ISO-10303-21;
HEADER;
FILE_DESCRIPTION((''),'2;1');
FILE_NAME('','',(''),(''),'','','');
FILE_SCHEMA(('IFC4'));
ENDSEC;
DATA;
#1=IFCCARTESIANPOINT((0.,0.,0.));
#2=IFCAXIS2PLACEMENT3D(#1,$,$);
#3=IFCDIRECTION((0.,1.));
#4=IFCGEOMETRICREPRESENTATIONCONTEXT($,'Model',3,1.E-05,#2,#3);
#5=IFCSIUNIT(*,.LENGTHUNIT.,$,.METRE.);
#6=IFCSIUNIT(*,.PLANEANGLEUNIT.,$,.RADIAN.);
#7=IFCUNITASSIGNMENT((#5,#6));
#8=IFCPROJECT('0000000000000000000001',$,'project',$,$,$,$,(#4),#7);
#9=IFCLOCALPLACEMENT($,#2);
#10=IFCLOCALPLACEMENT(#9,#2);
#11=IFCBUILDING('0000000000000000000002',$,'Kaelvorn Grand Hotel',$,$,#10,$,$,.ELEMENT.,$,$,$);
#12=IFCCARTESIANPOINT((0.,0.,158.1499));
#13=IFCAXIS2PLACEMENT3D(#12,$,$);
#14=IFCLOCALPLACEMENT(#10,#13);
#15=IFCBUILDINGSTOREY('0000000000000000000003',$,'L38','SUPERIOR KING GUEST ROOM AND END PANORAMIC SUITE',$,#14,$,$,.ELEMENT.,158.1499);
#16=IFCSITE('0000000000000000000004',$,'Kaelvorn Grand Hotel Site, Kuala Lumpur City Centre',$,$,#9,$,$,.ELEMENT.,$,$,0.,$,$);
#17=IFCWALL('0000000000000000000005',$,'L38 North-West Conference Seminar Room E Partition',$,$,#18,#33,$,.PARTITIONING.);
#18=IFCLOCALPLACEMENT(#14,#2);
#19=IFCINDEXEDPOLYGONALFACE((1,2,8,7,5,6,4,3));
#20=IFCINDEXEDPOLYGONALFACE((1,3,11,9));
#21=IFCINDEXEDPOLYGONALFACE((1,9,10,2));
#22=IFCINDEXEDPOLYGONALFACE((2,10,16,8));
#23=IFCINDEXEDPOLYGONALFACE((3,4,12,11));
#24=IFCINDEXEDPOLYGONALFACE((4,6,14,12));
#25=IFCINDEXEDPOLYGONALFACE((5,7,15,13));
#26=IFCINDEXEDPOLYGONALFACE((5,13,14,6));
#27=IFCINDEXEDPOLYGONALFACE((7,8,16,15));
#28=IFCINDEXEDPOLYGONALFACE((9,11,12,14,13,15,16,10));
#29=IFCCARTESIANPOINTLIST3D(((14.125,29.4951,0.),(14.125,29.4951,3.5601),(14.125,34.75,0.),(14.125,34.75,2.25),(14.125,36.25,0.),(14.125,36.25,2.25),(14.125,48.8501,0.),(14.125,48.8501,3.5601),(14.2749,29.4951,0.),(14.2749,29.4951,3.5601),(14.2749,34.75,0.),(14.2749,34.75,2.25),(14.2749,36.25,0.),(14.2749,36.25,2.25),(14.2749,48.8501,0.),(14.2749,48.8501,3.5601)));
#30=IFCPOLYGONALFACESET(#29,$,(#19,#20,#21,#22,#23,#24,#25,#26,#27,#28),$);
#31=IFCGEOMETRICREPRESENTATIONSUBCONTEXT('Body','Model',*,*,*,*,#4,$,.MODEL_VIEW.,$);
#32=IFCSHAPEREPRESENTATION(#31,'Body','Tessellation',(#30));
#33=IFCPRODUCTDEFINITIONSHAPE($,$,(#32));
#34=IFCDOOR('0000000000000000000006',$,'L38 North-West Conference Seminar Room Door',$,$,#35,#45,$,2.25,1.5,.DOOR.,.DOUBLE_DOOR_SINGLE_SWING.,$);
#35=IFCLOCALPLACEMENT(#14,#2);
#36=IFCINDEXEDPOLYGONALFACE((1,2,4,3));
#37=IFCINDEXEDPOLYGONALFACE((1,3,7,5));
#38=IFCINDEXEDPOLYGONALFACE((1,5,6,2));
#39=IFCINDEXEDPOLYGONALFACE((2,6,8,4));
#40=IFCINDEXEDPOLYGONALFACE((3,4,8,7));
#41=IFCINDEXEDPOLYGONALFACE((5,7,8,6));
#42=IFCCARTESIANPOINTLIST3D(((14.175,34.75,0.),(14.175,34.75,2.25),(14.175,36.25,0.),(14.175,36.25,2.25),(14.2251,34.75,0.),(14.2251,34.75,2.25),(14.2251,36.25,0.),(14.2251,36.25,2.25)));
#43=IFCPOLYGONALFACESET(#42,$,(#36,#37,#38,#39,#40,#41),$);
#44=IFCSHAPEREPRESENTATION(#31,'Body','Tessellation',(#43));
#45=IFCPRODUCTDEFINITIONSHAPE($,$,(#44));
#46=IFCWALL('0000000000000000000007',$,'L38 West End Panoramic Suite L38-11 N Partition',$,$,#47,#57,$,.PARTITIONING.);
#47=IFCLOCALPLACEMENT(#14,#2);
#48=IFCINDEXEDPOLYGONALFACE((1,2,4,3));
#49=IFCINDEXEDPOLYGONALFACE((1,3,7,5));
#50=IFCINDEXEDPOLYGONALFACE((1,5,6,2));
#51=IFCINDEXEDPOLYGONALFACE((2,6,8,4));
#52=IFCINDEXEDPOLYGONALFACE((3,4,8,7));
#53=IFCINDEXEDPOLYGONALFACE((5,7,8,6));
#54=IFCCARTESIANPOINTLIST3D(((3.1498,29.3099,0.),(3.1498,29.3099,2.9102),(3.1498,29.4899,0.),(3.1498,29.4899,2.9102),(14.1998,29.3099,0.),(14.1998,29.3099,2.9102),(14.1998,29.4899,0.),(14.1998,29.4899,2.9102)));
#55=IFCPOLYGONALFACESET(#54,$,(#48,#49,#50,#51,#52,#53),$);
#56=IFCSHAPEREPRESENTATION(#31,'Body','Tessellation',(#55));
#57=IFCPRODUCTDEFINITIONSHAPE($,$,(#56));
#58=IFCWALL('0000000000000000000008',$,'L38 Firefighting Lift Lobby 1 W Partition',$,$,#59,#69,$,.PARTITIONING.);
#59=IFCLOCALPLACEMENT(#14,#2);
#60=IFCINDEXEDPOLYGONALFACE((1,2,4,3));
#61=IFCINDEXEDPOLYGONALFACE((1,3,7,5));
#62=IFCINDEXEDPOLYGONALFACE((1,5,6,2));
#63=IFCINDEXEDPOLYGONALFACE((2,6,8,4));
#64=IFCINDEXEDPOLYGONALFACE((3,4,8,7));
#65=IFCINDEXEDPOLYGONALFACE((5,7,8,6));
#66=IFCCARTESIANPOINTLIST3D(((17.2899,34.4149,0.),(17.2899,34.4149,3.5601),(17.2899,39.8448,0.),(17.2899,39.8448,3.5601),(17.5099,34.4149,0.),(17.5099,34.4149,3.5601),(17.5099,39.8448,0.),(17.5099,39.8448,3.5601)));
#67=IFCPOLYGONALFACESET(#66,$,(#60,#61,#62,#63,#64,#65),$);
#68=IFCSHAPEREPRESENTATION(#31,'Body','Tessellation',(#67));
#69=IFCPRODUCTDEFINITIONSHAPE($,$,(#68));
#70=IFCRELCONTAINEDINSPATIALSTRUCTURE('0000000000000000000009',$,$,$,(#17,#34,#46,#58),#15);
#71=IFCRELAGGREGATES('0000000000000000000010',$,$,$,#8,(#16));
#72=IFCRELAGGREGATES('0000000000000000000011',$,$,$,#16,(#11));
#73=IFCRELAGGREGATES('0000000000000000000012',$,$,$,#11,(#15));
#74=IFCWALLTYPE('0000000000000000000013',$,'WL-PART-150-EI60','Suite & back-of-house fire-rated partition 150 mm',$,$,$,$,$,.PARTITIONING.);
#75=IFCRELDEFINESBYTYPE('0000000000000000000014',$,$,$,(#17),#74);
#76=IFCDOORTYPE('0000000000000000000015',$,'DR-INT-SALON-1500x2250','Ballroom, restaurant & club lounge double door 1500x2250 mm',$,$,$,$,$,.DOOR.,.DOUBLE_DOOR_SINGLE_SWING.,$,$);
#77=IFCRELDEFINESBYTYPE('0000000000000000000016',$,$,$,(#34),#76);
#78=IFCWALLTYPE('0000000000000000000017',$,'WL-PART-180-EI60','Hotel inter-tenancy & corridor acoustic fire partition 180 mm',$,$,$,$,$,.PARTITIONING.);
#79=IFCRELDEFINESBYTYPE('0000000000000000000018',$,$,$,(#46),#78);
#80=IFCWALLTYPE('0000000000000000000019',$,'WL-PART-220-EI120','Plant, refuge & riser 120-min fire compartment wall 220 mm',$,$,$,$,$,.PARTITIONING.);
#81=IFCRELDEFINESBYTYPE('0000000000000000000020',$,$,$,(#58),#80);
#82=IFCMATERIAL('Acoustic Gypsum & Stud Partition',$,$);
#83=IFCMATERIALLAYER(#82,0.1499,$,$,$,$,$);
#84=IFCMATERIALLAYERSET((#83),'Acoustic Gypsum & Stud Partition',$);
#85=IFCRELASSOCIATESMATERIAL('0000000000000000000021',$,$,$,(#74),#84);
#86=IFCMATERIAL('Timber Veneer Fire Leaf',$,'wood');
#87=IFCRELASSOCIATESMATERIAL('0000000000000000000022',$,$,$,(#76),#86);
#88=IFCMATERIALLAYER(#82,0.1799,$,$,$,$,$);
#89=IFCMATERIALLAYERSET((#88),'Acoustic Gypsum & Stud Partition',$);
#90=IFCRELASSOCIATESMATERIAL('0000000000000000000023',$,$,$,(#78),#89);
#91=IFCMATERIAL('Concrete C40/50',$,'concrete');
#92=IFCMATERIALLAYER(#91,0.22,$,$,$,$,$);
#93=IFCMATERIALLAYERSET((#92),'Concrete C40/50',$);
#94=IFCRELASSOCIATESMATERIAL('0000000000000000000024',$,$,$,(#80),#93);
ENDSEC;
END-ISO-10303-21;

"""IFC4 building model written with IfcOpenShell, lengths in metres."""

from ifc_helpers import new_model, si_unit, direction, frame, frame_2d, origin, place, context, subcontext, project, spatial, rectangle, extrude, material, layer, layer_set, type_object, element, fill, save


model = new_model("IFC4")

# Units and contexts
model_context = context("Model", 3, precision=1e-05, world=origin(), true_north=direction((0.0, 1.0)))
body_context = subcontext(model_context, "Body", "Model", "MODEL_VIEW")
ifc_project = project(units=[si_unit("LENGTHUNIT", "METRE"), si_unit("PLANEANGLEUNIT", "RADIAN")], contexts=[model_context])

# Site, building, storey
site_placement = place(None, origin())
site = spatial("IfcSite", under=ifc_project, at=site_placement, Name="Kaelvorn Grand Hotel Site, Kuala Lumpur City Centre", CompositionType="ELEMENT", RefElevation=0.0)
building_placement = place(site_placement, origin())
building = spatial("IfcBuilding", under=site, at=building_placement, Name="Kaelvorn Grand Hotel", CompositionType="ELEMENT")
storey_placement = place(building_placement, frame((0.0, 0.0, 158.1499)))
storey = spatial("IfcBuildingStorey", under=building, at=storey_placement, Name="L38", Description="SUPERIOR KING GUEST ROOM AND END PANORAMIC SUITE", CompositionType="ELEMENT", Elevation=158.1499)

# Wall, opening, door
ifc_material_1 = material(Name="Acoustic Gypsum & Stud Partition")
ifc_layer_1 = layer(ifc_material_1, 0.1499)
ifc_layer_set_1 = layer_set([ifc_layer_1], Name="Acoustic Gypsum & Stud Partition")
wall_type_1 = type_object("IfcWallType", Name="WL-PART-150-EI60", Description="Suite & back-of-house fire-rated partition 150 mm", PredefinedType="PARTITIONING", material=ifc_layer_set_1)
ifc_material_2 = material(Name="Timber Veneer Fire Leaf", Category="wood")
wall_1_placement = place(storey_placement, frame((14.2, 29.4951, 0.0), z_axis=(0.0, 0.0, 1.0), x_axis=(0.0, 1.0, 0.0)))
wall_1 = element("IfcWall", 1, at=wall_1_placement, inside=storey, type_object=wall_type_1, Name="L38 North-West Conference Seminar Room E Partition", PredefinedType="PARTITIONING", context=body_context, shape_type="SweptSolid", body=[
    extrude(rectangle(XDim=19.355, YDim=0.1499, at=frame_2d((9.6775, 0.0))), origin(), (0.0, 0.0, 1.0), 3.5601),
])
opening_1_placement = place(wall_1_placement, frame((5.2549, 0.0, 0.0)))
opening_1 = element("IfcOpeningElement", 2, at=opening_1_placement, cuts=wall_1, PredefinedType="OPENING", context=body_context, shape_type="SweptSolid", body=[
    extrude(rectangle(XDim=1.5, YDim=2.25, at=frame_2d((0.75, 1.125))), frame((0.0, 0.085, 0.0), z_axis=(0.0, -1.0, 0.0), x_axis=(1.0, 0.0, 0.0)), (0.0, 0.0, 1.0), 0.1699),
])
door_type_1 = type_object("IfcDoorType", Name="DR-INT-SALON-1500x2250", Description="Ballroom, restaurant & club lounge double door 1500x2250 mm", OperationType="DOUBLE_DOOR_SINGLE_SWING", PredefinedType="DOOR", material=ifc_material_2)
door_1_placement = place(opening_1_placement, origin())
door_1 = element("IfcDoor", 3, at=door_1_placement, inside=storey, type_object=door_type_1, Name="L38 North-West Conference Seminar Room Door", OperationType="DOUBLE_DOOR_SINGLE_SWING", OverallHeight=2.25, OverallWidth=1.5, PredefinedType="DOOR", context=body_context, shape_type="SweptSolid", body=[
    extrude(rectangle(XDim=1.5, YDim=2.25, at=frame_2d((0.75, 1.125))), frame((0.0, 0.0249, 0.0), z_axis=(0.0, -1.0, 0.0), x_axis=(1.0, 0.0, 0.0)), (0.0, 0.0, 1.0), 0.05),
])
fill(opening_1, door_1)

# Wall
ifc_layer_2 = layer(ifc_material_1, 0.1799)
ifc_layer_set_2 = layer_set([ifc_layer_2], Name="Acoustic Gypsum & Stud Partition")
wall_type_2 = type_object("IfcWallType", Name="WL-PART-180-EI60", Description="Hotel inter-tenancy & corridor acoustic fire partition 180 mm", PredefinedType="PARTITIONING", material=ifc_layer_set_2)
wall_2_placement = place(storey_placement, frame((3.1499, 29.3999, 0.0), z_axis=(0.0, 0.0, 1.0), x_axis=(1.0, 0.0, 0.0)))
element("IfcWall", 4, at=wall_2_placement, inside=storey, type_object=wall_type_2, Name="L38 West End Panoramic Suite L38-11 N Partition", PredefinedType="PARTITIONING", context=body_context, shape_type="SweptSolid", body=[
    extrude(rectangle(XDim=11.05, YDim=0.1799, at=frame_2d((5.5249, 0.0))), origin(), (0.0, 0.0, 1.0), 2.9102),
])

# Shared definitions
ifc_material_3 = material(Name="Concrete C40/50", Category="concrete")
ifc_layer_3 = layer(ifc_material_3, 0.22)
ifc_layer_set_3 = layer_set([ifc_layer_3], Name="Concrete C40/50")
wall_type_3 = type_object("IfcWallType", Name="WL-PART-220-EI120", Description="Plant, refuge & riser 120-min fire compartment wall 220 mm", PredefinedType="PARTITIONING", material=ifc_layer_set_3)

# Wall
wall_3_placement = place(storey_placement, frame((17.3999, 34.415, 0.0), z_axis=(0.0, 0.0, 1.0), x_axis=(0.0, 1.0, 0.0)))
element("IfcWall", 5, at=wall_3_placement, inside=storey, type_object=wall_type_3, Name="L38 Firefighting Lift Lobby 1 W Partition", PredefinedType="PARTITIONING", context=body_context, shape_type="SweptSolid", body=[
    extrude(rectangle(XDim=5.4299, YDim=0.22, at=frame_2d((2.7148, 0.0))), origin(), (0.0, 0.0, 1.0), 3.5601),
])

save(model, "model.ifc")
